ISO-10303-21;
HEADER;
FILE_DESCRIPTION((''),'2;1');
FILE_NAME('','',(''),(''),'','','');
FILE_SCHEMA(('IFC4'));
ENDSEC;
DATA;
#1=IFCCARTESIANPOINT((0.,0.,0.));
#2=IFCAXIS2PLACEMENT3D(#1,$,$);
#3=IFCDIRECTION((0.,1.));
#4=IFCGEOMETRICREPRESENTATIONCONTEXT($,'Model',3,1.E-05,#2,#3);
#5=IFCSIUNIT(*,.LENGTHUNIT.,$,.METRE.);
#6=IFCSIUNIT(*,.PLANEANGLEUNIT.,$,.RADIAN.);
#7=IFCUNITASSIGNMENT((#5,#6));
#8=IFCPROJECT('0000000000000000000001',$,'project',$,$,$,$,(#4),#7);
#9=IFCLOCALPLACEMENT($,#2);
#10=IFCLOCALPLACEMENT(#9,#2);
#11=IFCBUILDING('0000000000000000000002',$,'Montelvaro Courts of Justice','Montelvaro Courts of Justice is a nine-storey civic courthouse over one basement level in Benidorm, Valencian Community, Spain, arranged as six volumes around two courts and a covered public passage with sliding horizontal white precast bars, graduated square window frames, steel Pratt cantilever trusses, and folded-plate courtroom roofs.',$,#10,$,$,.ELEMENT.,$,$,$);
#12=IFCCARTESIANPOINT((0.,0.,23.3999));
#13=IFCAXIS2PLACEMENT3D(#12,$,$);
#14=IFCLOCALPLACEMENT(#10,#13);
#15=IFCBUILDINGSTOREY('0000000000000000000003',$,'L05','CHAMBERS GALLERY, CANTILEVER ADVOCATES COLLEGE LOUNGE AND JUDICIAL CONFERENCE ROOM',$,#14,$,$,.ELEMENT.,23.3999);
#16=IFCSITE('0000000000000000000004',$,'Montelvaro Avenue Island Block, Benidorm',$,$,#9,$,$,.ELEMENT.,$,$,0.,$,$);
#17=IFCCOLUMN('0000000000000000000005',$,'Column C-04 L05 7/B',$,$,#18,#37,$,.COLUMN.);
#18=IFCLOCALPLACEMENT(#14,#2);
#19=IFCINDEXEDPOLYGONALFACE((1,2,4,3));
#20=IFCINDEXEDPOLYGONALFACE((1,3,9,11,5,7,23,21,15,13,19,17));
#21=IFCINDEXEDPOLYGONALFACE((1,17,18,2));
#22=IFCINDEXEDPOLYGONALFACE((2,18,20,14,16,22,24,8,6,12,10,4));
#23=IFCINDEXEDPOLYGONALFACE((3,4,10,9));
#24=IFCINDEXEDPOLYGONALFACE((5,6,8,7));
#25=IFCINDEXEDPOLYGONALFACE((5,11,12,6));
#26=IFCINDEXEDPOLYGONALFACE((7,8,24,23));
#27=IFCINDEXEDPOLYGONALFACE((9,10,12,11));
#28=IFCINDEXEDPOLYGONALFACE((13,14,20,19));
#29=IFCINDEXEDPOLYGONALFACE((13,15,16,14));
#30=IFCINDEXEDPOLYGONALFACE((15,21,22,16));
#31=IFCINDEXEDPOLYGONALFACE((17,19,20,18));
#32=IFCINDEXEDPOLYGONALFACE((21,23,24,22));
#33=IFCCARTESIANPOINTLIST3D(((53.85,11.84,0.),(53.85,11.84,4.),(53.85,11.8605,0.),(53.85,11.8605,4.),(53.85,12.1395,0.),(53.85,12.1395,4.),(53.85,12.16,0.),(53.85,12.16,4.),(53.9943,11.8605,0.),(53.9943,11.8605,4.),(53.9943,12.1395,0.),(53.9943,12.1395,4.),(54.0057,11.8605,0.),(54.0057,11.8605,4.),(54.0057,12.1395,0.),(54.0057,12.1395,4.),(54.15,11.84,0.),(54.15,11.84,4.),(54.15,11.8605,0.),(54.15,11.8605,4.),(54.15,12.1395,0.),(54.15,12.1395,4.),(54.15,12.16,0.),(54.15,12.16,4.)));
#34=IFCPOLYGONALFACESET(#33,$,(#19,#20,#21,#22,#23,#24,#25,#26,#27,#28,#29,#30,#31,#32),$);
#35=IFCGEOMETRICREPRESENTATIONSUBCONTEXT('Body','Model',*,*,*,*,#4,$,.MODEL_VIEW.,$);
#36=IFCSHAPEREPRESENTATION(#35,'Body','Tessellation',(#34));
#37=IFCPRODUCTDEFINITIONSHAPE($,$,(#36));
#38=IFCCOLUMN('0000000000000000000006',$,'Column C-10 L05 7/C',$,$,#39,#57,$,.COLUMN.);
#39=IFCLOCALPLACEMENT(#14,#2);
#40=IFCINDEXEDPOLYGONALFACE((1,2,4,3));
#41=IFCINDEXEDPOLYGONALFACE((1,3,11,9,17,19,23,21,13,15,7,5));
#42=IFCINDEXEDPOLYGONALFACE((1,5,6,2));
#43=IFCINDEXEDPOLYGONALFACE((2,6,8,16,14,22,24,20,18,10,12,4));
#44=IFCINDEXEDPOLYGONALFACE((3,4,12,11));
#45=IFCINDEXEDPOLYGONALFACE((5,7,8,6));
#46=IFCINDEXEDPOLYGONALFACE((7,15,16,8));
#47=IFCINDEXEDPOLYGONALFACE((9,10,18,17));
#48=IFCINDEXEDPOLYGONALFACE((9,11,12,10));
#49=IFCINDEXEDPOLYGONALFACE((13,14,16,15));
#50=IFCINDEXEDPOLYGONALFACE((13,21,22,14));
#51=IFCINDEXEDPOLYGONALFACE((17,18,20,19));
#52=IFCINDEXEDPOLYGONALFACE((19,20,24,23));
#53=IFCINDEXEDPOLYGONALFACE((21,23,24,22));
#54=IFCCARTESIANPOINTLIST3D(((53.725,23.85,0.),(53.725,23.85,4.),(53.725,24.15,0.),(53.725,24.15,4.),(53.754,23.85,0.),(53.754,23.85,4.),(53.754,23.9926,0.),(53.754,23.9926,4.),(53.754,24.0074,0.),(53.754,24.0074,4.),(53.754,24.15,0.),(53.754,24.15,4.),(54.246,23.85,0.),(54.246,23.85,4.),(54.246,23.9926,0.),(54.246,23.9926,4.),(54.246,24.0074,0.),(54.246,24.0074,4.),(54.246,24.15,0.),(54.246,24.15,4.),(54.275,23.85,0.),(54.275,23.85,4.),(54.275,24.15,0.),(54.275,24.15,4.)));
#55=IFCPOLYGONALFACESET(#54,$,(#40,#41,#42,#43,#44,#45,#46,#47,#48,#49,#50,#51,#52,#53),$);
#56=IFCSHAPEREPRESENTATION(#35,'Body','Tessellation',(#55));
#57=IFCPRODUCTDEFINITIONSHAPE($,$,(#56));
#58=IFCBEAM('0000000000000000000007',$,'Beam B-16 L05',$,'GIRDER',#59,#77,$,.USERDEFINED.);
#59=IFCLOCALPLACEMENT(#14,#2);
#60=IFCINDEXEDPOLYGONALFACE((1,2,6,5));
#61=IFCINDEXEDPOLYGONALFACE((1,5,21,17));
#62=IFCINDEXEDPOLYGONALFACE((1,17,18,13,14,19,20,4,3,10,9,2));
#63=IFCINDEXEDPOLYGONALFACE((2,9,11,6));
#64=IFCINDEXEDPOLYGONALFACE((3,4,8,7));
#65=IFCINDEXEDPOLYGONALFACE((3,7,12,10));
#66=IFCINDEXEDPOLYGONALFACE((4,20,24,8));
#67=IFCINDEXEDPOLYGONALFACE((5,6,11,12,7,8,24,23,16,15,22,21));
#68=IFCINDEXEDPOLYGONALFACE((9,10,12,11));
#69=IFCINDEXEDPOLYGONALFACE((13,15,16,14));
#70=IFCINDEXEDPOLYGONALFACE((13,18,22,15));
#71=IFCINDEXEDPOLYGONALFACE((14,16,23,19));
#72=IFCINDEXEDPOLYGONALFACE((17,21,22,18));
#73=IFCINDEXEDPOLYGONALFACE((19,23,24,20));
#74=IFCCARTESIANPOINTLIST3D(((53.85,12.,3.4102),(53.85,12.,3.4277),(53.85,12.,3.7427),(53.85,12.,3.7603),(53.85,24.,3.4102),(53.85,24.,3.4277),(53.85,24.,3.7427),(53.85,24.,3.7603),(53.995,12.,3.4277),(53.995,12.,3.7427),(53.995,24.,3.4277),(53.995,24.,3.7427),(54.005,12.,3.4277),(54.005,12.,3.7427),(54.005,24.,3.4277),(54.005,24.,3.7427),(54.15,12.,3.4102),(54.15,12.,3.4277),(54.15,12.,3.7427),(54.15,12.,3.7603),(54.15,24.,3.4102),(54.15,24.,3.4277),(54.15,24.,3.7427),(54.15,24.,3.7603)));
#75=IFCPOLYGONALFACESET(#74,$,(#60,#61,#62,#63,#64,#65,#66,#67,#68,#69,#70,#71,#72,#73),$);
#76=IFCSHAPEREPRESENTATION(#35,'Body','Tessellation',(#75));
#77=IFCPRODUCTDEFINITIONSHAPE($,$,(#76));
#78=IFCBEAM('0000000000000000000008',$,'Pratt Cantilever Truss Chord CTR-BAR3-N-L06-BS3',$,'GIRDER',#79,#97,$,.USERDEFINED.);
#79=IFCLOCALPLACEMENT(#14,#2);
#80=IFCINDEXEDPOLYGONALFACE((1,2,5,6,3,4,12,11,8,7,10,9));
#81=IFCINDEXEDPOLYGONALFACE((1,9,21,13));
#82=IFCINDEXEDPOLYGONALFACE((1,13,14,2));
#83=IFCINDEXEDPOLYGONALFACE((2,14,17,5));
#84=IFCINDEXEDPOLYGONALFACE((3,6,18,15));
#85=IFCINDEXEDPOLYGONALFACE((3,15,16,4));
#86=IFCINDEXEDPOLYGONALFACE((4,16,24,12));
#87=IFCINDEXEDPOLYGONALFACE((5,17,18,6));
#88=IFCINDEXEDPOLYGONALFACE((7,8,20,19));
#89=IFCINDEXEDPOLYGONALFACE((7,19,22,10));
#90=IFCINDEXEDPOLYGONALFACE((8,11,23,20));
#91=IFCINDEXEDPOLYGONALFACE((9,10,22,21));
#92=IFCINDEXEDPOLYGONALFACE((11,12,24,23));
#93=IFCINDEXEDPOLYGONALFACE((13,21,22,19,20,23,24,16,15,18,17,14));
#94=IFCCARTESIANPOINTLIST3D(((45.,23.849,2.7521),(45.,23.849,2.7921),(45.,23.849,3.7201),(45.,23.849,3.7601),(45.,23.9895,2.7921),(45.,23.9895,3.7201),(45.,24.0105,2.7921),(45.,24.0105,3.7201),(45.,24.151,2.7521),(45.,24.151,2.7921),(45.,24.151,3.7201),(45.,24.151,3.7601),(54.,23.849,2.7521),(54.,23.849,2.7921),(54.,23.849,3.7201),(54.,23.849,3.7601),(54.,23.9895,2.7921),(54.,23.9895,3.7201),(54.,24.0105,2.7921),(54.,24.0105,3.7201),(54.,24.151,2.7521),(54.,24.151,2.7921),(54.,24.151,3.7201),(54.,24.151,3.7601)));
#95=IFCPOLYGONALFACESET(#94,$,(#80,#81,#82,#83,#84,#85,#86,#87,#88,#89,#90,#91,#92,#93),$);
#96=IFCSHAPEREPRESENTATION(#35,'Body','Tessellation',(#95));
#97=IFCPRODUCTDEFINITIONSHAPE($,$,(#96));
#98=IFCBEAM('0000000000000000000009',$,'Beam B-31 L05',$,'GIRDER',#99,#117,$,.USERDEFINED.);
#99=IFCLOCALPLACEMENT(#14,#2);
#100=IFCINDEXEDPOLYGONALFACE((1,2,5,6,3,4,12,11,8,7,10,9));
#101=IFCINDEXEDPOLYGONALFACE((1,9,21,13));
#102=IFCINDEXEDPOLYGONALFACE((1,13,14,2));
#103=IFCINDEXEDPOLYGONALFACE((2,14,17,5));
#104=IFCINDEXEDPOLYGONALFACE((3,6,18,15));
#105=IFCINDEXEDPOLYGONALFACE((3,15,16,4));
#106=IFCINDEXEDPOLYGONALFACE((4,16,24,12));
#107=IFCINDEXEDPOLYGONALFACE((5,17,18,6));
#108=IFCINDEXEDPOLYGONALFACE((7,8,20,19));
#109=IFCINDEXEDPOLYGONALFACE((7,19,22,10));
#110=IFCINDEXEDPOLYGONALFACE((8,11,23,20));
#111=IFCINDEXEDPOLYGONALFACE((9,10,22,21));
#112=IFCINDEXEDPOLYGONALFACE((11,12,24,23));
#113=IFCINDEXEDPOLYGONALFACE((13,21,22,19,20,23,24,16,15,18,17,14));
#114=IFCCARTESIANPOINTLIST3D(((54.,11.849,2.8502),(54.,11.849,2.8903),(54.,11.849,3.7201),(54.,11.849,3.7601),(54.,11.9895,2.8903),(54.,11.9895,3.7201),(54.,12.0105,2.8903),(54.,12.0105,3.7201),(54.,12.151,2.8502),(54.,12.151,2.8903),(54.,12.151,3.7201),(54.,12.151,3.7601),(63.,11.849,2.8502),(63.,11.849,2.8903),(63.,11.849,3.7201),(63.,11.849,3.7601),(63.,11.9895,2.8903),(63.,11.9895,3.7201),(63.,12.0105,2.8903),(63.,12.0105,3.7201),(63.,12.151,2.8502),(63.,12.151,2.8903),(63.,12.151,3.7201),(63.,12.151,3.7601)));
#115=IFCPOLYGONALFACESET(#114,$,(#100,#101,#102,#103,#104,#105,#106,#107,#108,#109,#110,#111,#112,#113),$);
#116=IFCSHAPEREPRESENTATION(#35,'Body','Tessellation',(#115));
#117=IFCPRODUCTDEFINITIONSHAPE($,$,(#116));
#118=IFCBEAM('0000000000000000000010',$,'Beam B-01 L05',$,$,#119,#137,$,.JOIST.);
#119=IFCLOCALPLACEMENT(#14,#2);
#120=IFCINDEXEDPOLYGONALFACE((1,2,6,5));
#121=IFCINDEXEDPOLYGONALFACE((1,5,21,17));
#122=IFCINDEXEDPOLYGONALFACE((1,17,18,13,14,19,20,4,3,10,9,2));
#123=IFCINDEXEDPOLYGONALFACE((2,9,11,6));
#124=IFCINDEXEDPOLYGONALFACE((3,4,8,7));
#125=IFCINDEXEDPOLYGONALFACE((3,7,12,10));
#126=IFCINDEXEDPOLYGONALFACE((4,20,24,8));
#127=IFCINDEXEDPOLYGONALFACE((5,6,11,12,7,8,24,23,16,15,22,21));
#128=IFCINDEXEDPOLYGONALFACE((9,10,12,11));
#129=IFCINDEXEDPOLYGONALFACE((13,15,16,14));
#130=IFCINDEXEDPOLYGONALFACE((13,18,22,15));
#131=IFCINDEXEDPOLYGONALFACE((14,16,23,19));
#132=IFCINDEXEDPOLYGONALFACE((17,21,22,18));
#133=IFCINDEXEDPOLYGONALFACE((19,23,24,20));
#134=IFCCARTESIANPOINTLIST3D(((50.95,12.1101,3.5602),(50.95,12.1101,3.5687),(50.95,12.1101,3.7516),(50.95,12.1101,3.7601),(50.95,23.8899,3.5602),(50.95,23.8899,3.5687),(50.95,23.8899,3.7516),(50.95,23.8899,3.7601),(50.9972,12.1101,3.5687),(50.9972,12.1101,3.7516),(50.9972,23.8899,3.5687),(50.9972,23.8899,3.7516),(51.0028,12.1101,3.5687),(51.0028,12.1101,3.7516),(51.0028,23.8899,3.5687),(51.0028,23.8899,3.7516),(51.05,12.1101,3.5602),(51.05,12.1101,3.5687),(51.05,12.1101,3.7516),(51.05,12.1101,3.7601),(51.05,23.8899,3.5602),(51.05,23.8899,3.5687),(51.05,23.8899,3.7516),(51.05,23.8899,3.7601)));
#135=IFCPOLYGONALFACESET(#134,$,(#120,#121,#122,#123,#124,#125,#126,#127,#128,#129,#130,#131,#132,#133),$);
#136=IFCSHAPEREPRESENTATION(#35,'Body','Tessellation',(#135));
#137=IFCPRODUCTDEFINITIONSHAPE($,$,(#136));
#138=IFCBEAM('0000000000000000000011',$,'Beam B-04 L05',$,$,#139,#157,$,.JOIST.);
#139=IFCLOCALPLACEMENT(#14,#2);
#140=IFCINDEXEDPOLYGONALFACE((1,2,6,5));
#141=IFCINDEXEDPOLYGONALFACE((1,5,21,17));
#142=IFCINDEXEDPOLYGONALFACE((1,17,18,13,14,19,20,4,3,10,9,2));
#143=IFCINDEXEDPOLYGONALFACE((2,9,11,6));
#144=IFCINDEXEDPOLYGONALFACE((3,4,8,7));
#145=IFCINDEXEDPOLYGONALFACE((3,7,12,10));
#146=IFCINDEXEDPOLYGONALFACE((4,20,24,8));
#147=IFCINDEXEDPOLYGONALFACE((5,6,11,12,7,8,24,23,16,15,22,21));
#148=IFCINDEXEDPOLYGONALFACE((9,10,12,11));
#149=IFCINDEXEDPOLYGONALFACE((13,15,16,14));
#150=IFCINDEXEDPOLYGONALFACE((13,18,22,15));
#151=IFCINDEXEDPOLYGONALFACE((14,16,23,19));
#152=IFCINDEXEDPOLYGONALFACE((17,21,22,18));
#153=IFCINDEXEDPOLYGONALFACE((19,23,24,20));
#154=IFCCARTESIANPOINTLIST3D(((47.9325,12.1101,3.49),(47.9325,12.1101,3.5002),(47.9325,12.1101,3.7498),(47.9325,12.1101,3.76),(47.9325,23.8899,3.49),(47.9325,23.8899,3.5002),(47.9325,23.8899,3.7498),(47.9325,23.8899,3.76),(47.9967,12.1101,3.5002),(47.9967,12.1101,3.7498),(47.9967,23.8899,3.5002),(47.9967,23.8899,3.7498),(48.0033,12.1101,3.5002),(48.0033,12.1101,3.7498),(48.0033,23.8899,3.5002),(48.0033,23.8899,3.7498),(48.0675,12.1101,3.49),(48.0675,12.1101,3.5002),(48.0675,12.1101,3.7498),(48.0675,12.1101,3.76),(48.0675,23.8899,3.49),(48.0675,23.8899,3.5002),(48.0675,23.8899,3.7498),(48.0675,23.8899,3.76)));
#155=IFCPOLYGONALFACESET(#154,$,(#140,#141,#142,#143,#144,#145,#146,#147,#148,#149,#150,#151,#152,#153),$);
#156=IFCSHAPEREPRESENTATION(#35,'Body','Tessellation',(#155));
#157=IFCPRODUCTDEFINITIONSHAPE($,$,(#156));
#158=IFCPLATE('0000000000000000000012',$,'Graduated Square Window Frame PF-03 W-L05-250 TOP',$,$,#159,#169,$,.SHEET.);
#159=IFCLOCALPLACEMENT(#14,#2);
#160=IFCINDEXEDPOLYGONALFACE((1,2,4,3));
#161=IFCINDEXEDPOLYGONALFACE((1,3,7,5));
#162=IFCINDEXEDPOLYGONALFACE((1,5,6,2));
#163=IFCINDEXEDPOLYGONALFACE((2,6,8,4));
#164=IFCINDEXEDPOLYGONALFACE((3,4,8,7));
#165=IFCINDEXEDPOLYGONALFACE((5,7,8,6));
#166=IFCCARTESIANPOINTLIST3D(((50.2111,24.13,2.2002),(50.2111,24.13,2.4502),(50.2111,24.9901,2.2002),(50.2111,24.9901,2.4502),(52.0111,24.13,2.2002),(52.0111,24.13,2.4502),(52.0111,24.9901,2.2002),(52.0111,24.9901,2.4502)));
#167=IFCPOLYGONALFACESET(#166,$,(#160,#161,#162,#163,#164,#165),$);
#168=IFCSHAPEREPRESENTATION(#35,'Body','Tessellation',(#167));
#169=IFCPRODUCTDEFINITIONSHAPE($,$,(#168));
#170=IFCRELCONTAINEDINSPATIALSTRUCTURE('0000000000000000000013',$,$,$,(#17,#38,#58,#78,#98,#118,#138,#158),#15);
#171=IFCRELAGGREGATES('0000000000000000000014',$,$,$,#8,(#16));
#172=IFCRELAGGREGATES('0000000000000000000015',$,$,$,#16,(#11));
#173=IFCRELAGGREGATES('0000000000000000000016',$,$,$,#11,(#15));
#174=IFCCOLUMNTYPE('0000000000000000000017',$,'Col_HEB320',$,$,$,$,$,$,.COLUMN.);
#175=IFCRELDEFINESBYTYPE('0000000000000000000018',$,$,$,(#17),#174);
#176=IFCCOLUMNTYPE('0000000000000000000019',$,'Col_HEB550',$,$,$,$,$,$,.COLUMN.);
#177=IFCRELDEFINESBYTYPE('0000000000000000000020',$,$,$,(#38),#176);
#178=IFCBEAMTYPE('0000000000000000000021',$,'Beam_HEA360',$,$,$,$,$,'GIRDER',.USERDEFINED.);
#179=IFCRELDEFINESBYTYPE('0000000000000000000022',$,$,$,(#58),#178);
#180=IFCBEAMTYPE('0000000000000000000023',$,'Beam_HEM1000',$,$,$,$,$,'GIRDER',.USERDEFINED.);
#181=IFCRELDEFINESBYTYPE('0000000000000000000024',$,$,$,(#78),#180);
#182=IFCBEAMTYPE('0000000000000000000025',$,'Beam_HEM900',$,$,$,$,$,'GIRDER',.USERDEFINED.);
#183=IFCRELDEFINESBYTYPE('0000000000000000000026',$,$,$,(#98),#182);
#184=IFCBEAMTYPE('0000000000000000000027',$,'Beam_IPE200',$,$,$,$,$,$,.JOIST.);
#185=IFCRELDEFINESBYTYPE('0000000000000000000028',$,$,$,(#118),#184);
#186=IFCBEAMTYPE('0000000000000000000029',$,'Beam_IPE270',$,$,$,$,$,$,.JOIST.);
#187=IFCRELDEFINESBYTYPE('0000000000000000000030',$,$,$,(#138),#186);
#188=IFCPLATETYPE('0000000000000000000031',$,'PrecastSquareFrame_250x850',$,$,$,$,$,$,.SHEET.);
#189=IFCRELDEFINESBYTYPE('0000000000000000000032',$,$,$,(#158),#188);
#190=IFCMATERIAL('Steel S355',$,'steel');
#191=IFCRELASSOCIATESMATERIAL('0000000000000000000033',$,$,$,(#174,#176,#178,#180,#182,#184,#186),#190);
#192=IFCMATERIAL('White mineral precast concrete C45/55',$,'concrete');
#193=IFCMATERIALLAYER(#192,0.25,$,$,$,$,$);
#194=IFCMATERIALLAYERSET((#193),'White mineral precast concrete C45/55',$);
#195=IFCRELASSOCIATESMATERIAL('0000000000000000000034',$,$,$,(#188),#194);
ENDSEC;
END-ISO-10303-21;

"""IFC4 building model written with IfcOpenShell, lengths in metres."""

from ifc_helpers import new_model, si_unit, direction, frame, origin, origin_2d, place, context, subcontext, project, spatial, rectangle, i_section, extrude, material, layer, layer_set, material_profile, profile_set, type_object, element, save


model = new_model("IFC4")

# Units and contexts
model_context = context("Model", 3, precision=1e-05, world=origin(), true_north=direction((0.0, 1.0)))
body_context = subcontext(model_context, "Body", "Model", "MODEL_VIEW")
ifc_project = project(units=[si_unit("LENGTHUNIT", "METRE"), si_unit("PLANEANGLEUNIT", "RADIAN")], contexts=[model_context])

# Site, building, storey
site_placement = place(None, origin())
site = spatial("IfcSite", under=ifc_project, at=site_placement, Name="Montelvaro Avenue Island Block, Benidorm", CompositionType="ELEMENT", RefElevation=0.0)
building_placement = place(site_placement, origin())
building = spatial("IfcBuilding", under=site, at=building_placement, Name="Montelvaro Courts of Justice", Description="Montelvaro Courts of Justice is a nine-storey civic courthouse over one basement level in Benidorm, Valencian Community, Spain, arranged as six volumes around two courts and a covered public passage with sliding horizontal white precast bars, graduated square window frames, steel Pratt cantilever trusses, and folded-plate courtroom roofs.", CompositionType="ELEMENT")
storey_placement = place(building_placement, frame((0.0, 0.0, 23.3999)))
storey = spatial("IfcBuildingStorey", under=building, at=storey_placement, Name="L05", Description="CHAMBERS GALLERY, CANTILEVER ADVOCATES COLLEGE LOUNGE AND JUDICIAL CONFERENCE ROOM", CompositionType="ELEMENT", Elevation=23.3999)

# Columns
ifc_material_1 = material(Name="Steel S355", Category="steel")
ifc_material_profile_1 = material_profile(ifc_material_1, i_section(OverallWidth=0.3, OverallDepth=0.3201, WebThickness=0.0115, FlangeThickness=0.0205, at=origin_2d()), Name="HEB 320")
ifc_profile_set_1 = profile_set([ifc_material_profile_1], Name="Steel S355")
column_type_1 = type_object("IfcColumnType", Name="Col_HEB320", PredefinedType="COLUMN", material=ifc_profile_set_1)
column_1_placement = place(storey_placement, frame((54.0, 12.0, 0.0), z_axis=(0.0, 0.0, 1.0), x_axis=(1.0, 0.0, 0.0)))
element("IfcColumn", 1, at=column_1_placement, inside=storey, type_object=column_type_1, Name="Column C-04 L05 7/B", PredefinedType="COLUMN", context=body_context, shape_type="SweptSolid", body=[
    extrude(i_section(OverallWidth=0.3, OverallDepth=0.3201, WebThickness=0.0115, FlangeThickness=0.0205, at=origin_2d()), origin(), (0.0, 0.0, 1.0), 4.0),
])
ifc_material_profile_2 = material_profile(ifc_material_1, i_section(OverallWidth=0.3, OverallDepth=0.55, WebThickness=0.0149, FlangeThickness=0.0291, at=origin_2d()), Name="HEB 550")
ifc_profile_set_2 = profile_set([ifc_material_profile_2], Name="Steel S355")
column_type_2 = type_object("IfcColumnType", Name="Col_HEB550", PredefinedType="COLUMN", material=ifc_profile_set_2)
column_2_placement = place(storey_placement, frame((54.0, 24.0, 0.0), z_axis=(0.0, 0.0, 1.0), x_axis=(0.0, 1.0, 0.0)))
element("IfcColumn", 2, at=column_2_placement, inside=storey, type_object=column_type_2, Name="Column C-10 L05 7/C", PredefinedType="COLUMN", context=body_context, shape_type="SweptSolid", body=[
    extrude(i_section(OverallWidth=0.3, OverallDepth=0.55, WebThickness=0.0149, FlangeThickness=0.0291, at=origin_2d()), origin(), (0.0, 0.0, 1.0), 4.0),
])

# Beams
ifc_material_profile_3 = material_profile(ifc_material_1, i_section(OverallWidth=0.3, OverallDepth=0.3501, WebThickness=0.01, FlangeThickness=0.0176, at=origin_2d()), Name="HEA 360")
ifc_profile_set_3 = profile_set([ifc_material_profile_3], Name="Steel S355")
beam_type_1 = type_object("IfcBeamType", Name="Beam_HEA360", ElementType="GIRDER", PredefinedType="USERDEFINED", material=ifc_profile_set_3)
beam_1_placement = place(storey_placement, frame((54.0, 12.0, 3.5852), z_axis=(0.0, 1.0, 0.0), x_axis=(-1.0, 0.0, 0.0)))
element("IfcBeam", 3, at=beam_1_placement, inside=storey, type_object=beam_type_1, Name="Beam B-16 L05", ObjectType="GIRDER", PredefinedType="USERDEFINED", context=body_context, shape_type="SweptSolid", body=[
    extrude(i_section(OverallWidth=0.3, OverallDepth=0.3501, WebThickness=0.01, FlangeThickness=0.0176, at=origin_2d()), origin(), (0.0, 0.0, 1.0), 12.0),
])
ifc_material_profile_4 = material_profile(ifc_material_1, i_section(OverallWidth=0.302, OverallDepth=1.0081, WebThickness=0.021, FlangeThickness=0.04, at=origin_2d()), Name="HEM 1000")
ifc_profile_set_4 = profile_set([ifc_material_profile_4], Name="Steel S355")
beam_type_2 = type_object("IfcBeamType", Name="Beam_HEM1000", ElementType="GIRDER", PredefinedType="USERDEFINED", material=ifc_profile_set_4)
beam_2_placement = place(storey_placement, frame((54.0, 24.0, 3.2561), z_axis=(-1.0, 0.0, 0.0), x_axis=(0.0, -1.0, 0.0)))
element("IfcBeam", 4, at=beam_2_placement, inside=storey, type_object=beam_type_2, Name="Pratt Cantilever Truss Chord CTR-BAR3-N-L06-BS3", ObjectType="GIRDER", PredefinedType="USERDEFINED", context=body_context, shape_type="SweptSolid", body=[
    extrude(i_section(OverallWidth=0.302, OverallDepth=1.0081, WebThickness=0.021, FlangeThickness=0.04, at=origin_2d()), origin(), (0.0, 0.0, 1.0), 9.0),
])
ifc_material_profile_5 = material_profile(ifc_material_1, i_section(OverallWidth=0.302, OverallDepth=0.9099, WebThickness=0.021, FlangeThickness=0.04, at=origin_2d()), Name="HEM 900")
ifc_profile_set_5 = profile_set([ifc_material_profile_5], Name="Steel S355")
beam_type_3 = type_object("IfcBeamType", Name="Beam_HEM900", ElementType="GIRDER", PredefinedType="USERDEFINED", material=ifc_profile_set_5)
beam_3_placement = place(storey_placement, frame((54.0, 12.0, 3.3052), z_axis=(1.0, 0.0, 0.0), x_axis=(0.0, 1.0, 0.0)))
element("IfcBeam", 5, at=beam_3_placement, inside=storey, type_object=beam_type_3, Name="Beam B-31 L05", ObjectType="GIRDER", PredefinedType="USERDEFINED", context=body_context, shape_type="SweptSolid", body=[
    extrude(i_section(OverallWidth=0.302, OverallDepth=0.9099, WebThickness=0.021, FlangeThickness=0.04, at=origin_2d()), origin(), (0.0, 0.0, 1.0), 9.0),
])
ifc_material_profile_6 = material_profile(ifc_material_1, i_section(OverallWidth=0.1001, OverallDepth=0.2, WebThickness=0.0056, FlangeThickness=0.0085, at=origin_2d()), Name="IPE 200")
ifc_profile_set_6 = profile_set([ifc_material_profile_6], Name="Steel S355")
beam_type_4 = type_object("IfcBeamType", Name="Beam_IPE200", PredefinedType="JOIST", material=ifc_profile_set_6)
beam_4_placement = place(storey_placement, frame((51.0, 12.1101, 3.6602), z_axis=(0.0, 1.0, 0.0), x_axis=(-1.0, 0.0, 0.0)))
element("IfcBeam", 6, at=beam_4_placement, inside=storey, type_object=beam_type_4, Name="Beam B-01 L05", PredefinedType="JOIST", context=body_context, shape_type="SweptSolid", body=[
    extrude(i_section(OverallWidth=0.1001, OverallDepth=0.2, WebThickness=0.0056, FlangeThickness=0.0085, at=origin_2d()), origin(), (0.0, 0.0, 1.0), 11.7798),
])
ifc_material_profile_7 = material_profile(ifc_material_1, i_section(OverallWidth=0.135, OverallDepth=0.27, WebThickness=0.0066, FlangeThickness=0.0103, at=origin_2d()), Name="IPE 270")
ifc_profile_set_7 = profile_set([ifc_material_profile_7], Name="Steel S355")
beam_type_5 = type_object("IfcBeamType", Name="Beam_IPE270", PredefinedType="JOIST", material=ifc_profile_set_7)
beam_5_placement = place(storey_placement, frame((48.0, 12.1101, 3.625), z_axis=(0.0, 1.0, 0.0), x_axis=(-1.0, 0.0, 0.0)))
element("IfcBeam", 7, at=beam_5_placement, inside=storey, type_object=beam_type_5, Name="Beam B-04 L05", PredefinedType="JOIST", context=body_context, shape_type="SweptSolid", body=[
    extrude(i_section(OverallWidth=0.135, OverallDepth=0.27, WebThickness=0.0066, FlangeThickness=0.0103, at=origin_2d()), origin(), (0.0, 0.0, 1.0), 11.7798),
])

# Plate
ifc_material_2 = material(Name="White mineral precast concrete C45/55", Category="concrete")
ifc_layer_1 = layer(ifc_material_2, 0.25)
ifc_layer_set_1 = layer_set([ifc_layer_1], Name="White mineral precast concrete C45/55")
plate_type = type_object("IfcPlateType", Name="PrecastSquareFrame_250x850", PredefinedType="SHEET", material=ifc_layer_set_1)
for number, where, z_axis, x_axis, name in (
    (8, (51.1111, 24.5601, 2.2002), (0.0, 0.0, 1.0), (-1.0, 0.0, 0.0), "Graduated Square Window Frame PF-03 W-L05-250 TOP"),
):
    element("IfcPlate", number, at=place(storey_placement, frame(where, z_axis=z_axis, x_axis=x_axis)), inside=storey, type_object=plate_type, Name=name, PredefinedType="SHEET", context=body_context, shape_type="SweptSolid", body=[
        extrude(rectangle(XDim=1.8, YDim=0.8601, at=origin_2d()), origin(), (0.0, 0.0, 1.0), 0.25),
    ])

save(model, "model.ifc")
